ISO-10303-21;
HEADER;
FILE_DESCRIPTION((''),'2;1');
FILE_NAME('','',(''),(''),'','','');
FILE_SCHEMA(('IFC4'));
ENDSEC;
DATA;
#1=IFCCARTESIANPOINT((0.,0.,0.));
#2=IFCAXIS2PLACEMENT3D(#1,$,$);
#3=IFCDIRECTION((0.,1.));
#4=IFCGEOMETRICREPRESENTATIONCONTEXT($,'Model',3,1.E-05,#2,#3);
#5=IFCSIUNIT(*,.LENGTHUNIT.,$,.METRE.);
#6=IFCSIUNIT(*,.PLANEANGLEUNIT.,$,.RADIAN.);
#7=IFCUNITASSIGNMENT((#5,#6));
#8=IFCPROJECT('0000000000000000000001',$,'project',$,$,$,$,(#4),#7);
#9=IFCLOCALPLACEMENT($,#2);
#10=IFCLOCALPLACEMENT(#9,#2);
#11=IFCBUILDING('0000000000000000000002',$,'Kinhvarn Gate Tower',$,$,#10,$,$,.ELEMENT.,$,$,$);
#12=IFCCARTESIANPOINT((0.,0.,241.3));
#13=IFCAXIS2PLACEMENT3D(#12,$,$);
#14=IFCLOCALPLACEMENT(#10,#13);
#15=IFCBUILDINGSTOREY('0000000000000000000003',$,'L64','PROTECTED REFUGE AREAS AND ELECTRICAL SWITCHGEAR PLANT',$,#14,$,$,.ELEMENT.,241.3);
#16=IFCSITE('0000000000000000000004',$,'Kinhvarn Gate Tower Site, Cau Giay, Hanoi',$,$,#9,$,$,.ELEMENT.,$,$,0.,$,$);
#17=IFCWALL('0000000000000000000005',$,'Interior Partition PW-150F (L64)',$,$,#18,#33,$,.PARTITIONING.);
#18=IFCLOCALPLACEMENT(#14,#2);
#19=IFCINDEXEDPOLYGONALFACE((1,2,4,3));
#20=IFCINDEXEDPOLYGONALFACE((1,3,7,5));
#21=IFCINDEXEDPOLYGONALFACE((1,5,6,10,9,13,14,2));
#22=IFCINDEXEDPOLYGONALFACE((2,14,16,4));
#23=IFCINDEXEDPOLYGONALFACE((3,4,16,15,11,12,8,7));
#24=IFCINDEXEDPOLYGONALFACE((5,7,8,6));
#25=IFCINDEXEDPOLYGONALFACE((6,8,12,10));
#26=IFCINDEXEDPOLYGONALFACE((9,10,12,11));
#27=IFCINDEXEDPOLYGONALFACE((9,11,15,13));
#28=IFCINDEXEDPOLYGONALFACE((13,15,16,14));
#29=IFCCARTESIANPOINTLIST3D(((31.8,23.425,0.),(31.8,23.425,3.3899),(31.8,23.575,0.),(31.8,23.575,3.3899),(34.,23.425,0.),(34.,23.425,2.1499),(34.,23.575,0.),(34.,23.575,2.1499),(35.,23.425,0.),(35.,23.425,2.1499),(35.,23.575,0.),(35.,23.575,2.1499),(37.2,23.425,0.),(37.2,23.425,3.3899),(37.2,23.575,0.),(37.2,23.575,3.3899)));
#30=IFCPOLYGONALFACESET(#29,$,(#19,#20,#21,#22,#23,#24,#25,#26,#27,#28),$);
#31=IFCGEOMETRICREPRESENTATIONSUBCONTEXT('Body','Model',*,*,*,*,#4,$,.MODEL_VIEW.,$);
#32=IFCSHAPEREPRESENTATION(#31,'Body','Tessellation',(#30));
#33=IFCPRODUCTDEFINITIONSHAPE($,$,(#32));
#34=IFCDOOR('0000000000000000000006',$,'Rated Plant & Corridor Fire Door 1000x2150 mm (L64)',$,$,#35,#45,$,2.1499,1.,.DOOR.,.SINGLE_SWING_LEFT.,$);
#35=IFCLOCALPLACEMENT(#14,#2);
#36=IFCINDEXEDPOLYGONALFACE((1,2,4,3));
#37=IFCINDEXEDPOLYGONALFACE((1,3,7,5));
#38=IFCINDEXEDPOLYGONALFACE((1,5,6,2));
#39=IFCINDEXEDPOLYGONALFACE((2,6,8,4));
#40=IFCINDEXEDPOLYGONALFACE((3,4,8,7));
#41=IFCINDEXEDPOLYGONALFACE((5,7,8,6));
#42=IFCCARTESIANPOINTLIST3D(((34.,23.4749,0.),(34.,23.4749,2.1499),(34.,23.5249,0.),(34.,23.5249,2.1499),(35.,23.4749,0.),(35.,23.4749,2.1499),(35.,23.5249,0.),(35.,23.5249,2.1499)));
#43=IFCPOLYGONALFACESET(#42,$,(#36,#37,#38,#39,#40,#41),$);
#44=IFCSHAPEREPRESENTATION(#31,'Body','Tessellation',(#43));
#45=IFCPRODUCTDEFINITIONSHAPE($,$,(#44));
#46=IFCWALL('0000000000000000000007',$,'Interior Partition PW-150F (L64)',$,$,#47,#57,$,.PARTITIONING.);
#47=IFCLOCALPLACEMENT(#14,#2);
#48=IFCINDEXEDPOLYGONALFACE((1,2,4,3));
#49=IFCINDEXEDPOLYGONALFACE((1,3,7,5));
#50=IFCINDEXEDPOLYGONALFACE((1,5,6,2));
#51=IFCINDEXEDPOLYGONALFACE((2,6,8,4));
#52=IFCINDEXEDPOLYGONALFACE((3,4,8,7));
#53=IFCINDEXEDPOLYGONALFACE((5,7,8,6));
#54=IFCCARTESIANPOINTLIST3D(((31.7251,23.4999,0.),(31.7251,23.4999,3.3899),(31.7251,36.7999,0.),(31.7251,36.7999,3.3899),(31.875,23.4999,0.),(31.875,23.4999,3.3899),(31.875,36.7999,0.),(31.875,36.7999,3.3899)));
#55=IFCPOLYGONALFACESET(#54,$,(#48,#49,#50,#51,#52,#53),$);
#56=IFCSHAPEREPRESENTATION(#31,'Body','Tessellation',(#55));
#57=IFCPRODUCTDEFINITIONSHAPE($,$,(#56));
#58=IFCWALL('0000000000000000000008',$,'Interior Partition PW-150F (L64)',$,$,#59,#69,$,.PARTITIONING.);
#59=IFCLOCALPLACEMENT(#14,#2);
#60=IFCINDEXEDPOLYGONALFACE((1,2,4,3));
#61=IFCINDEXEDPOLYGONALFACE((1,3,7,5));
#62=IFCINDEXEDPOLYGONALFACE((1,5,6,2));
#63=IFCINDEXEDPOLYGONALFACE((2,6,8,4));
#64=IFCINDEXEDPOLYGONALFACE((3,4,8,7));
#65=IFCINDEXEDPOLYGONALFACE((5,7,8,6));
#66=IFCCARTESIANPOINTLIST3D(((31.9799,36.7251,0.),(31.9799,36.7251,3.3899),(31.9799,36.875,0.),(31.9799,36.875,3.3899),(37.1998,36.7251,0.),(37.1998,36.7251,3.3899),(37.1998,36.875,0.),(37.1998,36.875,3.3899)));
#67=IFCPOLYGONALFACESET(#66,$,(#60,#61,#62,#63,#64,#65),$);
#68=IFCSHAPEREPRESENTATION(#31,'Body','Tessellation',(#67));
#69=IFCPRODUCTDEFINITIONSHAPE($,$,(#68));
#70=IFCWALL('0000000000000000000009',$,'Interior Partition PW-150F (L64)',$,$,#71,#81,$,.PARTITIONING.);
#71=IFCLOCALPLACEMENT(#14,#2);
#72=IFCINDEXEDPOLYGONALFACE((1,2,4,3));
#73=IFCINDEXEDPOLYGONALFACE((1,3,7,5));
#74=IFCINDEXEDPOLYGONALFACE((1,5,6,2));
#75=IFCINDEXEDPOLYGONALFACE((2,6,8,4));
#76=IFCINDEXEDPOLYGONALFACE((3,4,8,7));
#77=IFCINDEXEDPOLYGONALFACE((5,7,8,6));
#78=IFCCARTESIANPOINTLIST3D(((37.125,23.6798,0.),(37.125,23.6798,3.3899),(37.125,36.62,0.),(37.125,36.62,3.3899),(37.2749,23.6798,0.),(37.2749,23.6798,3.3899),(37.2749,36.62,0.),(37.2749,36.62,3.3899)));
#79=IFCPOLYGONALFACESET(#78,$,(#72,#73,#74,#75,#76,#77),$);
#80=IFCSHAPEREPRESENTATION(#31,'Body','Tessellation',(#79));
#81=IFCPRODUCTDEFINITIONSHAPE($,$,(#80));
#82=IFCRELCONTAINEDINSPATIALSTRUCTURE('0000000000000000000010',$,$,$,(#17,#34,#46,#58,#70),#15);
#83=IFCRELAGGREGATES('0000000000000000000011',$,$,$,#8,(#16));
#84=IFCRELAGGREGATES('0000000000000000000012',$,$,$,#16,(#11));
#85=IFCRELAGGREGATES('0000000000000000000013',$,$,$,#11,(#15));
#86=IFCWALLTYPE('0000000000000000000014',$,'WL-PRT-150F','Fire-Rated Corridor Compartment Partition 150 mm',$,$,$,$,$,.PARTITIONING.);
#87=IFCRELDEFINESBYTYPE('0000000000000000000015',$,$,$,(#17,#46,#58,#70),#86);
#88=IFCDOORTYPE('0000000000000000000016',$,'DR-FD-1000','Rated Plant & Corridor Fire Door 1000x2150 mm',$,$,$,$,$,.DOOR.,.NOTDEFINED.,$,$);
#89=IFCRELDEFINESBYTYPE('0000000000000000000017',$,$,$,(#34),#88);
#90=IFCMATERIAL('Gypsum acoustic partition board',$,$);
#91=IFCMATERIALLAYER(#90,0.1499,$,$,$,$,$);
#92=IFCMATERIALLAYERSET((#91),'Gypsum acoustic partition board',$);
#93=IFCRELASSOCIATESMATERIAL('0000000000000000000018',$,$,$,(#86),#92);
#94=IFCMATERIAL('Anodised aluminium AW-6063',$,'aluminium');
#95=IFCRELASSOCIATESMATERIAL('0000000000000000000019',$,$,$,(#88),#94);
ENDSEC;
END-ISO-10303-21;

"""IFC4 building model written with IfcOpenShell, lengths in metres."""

from ifc_helpers import new_model, si_unit, direction, frame, frame_2d, origin, place, context, subcontext, project, spatial, rectangle, extrude, material, layer, layer_set, type_object, element, fill, save


model = new_model("IFC4")

# Units and contexts
model_context = context("Model", 3, precision=1e-05, world=origin(), true_north=direction((0.0, 1.0)))
body_context = subcontext(model_context, "Body", "Model", "MODEL_VIEW")
ifc_project = project(units=[si_unit("LENGTHUNIT", "METRE"), si_unit("PLANEANGLEUNIT", "RADIAN")], contexts=[model_context])

# Site, building, storey
site_placement = place(None, origin())
site = spatial("IfcSite", under=ifc_project, at=site_placement, Name="Kinhvarn Gate Tower Site, Cau Giay, Hanoi", CompositionType="ELEMENT", RefElevation=0.0)
building_placement = place(site_placement, origin())
building = spatial("IfcBuilding", under=site, at=building_placement, Name="Kinhvarn Gate Tower", CompositionType="ELEMENT")
storey_placement = place(building_placement, frame((0.0, 0.0, 241.3)))
storey = spatial("IfcBuildingStorey", under=building, at=storey_placement, Name="L64", Description="PROTECTED REFUGE AREAS AND ELECTRICAL SWITCHGEAR PLANT", CompositionType="ELEMENT", Elevation=241.3)

# Wall, opening, door
ifc_material_1 = material(Name="Gypsum acoustic partition board")
ifc_layer = layer(ifc_material_1, 0.1499)
ifc_layer_set = layer_set([ifc_layer], Name="Gypsum acoustic partition board")
wall_type = type_object("IfcWallType", Name="WL-PRT-150F", Description="Fire-Rated Corridor Compartment Partition 150 mm", PredefinedType="PARTITIONING", material=ifc_layer_set)
wall_1_placement = place(storey_placement, frame((31.8, 23.5, 0.0), z_axis=(0.0, 0.0, 1.0), x_axis=(1.0, 0.0, 0.0)))
wall_1 = element("IfcWall", 1, at=wall_1_placement, inside=storey, type_object=wall_type, Name="Interior Partition PW-150F (L64)", PredefinedType="PARTITIONING", context=body_context, shape_type="SweptSolid", body=[
    extrude(rectangle(XDim=5.3999, YDim=0.1499, at=frame_2d((2.7, 0.0))), origin(), (0.0, 0.0, 1.0), 3.3899),
])
opening_placement = place(wall_1_placement, frame((2.2, 0.0, 0.0)))
opening = element("IfcOpeningElement", 2, at=opening_placement, cuts=wall_1, PredefinedType="OPENING", context=body_context, shape_type="SweptSolid", body=[
    extrude(rectangle(XDim=1.0, YDim=2.1499, at=frame_2d((0.5, 1.075))), frame((0.0, 0.085, 0.0), z_axis=(0.0, -1.0, 0.0), x_axis=(1.0, 0.0, 0.0)), (0.0, 0.0, 1.0), 0.1699),
])
ifc_material_2 = material(Name="Anodised aluminium AW-6063", Category="aluminium")
door_type = type_object("IfcDoorType", Name="DR-FD-1000", Description="Rated Plant & Corridor Fire Door 1000x2150 mm", OperationType="NOTDEFINED", PredefinedType="DOOR", material=ifc_material_2)
door_placement = place(opening_placement, origin())
door = element("IfcDoor", 3, at=door_placement, inside=storey, type_object=door_type, Name="Rated Plant & Corridor Fire Door 1000x2150 mm (L64)", OperationType="SINGLE_SWING_LEFT", OverallHeight=2.1499, OverallWidth=1.0, PredefinedType="DOOR", context=body_context, shape_type="SweptSolid", body=[
    extrude(rectangle(XDim=1.0, YDim=2.1499, at=frame_2d((0.5, 1.075))), frame((0.0, 0.0249, 0.0), z_axis=(0.0, -1.0, 0.0), x_axis=(1.0, 0.0, 0.0)), (0.0, 0.0, 1.0), 0.05),
])
fill(opening, door)

# Walls
wall_2_placement = place(storey_placement, frame((31.8, 23.5, 0.0), z_axis=(0.0, 0.0, 1.0), x_axis=(0.0, 1.0, 0.0)))
element("IfcWall", 4, at=wall_2_placement, inside=storey, type_object=wall_type, Name="Interior Partition PW-150F (L64)", PredefinedType="PARTITIONING", context=body_context, shape_type="SweptSolid", body=[
    extrude(rectangle(XDim=13.3, YDim=0.1499, at=frame_2d((6.6499, 0.0))), origin(), (0.0, 0.0, 1.0), 3.3899),
])
wall_3_placement = place(storey_placement, frame((31.98, 36.8, 0.0), z_axis=(0.0, 0.0, 1.0), x_axis=(1.0, 0.0, 0.0)))
element("IfcWall", 5, at=wall_3_placement, inside=storey, type_object=wall_type, Name="Interior Partition PW-150F (L64)", PredefinedType="PARTITIONING", context=body_context, shape_type="SweptSolid", body=[
    extrude(rectangle(XDim=5.22, YDim=0.1499, at=frame_2d((2.6099, 0.0))), origin(), (0.0, 0.0, 1.0), 3.3899),
])
wall_4_placement = place(storey_placement, frame((37.2, 36.6201, 0.0), z_axis=(0.0, 0.0, 1.0), x_axis=(0.0, -1.0, 0.0)))
element("IfcWall", 6, at=wall_4_placement, inside=storey, type_object=wall_type, Name="Interior Partition PW-150F (L64)", PredefinedType="PARTITIONING", context=body_context, shape_type="SweptSolid", body=[
    extrude(rectangle(XDim=12.9402, YDim=0.1499, at=frame_2d((6.4702, 0.0))), origin(), (0.0, 0.0, 1.0), 3.3899),
])

save(model, "model.ifc")
